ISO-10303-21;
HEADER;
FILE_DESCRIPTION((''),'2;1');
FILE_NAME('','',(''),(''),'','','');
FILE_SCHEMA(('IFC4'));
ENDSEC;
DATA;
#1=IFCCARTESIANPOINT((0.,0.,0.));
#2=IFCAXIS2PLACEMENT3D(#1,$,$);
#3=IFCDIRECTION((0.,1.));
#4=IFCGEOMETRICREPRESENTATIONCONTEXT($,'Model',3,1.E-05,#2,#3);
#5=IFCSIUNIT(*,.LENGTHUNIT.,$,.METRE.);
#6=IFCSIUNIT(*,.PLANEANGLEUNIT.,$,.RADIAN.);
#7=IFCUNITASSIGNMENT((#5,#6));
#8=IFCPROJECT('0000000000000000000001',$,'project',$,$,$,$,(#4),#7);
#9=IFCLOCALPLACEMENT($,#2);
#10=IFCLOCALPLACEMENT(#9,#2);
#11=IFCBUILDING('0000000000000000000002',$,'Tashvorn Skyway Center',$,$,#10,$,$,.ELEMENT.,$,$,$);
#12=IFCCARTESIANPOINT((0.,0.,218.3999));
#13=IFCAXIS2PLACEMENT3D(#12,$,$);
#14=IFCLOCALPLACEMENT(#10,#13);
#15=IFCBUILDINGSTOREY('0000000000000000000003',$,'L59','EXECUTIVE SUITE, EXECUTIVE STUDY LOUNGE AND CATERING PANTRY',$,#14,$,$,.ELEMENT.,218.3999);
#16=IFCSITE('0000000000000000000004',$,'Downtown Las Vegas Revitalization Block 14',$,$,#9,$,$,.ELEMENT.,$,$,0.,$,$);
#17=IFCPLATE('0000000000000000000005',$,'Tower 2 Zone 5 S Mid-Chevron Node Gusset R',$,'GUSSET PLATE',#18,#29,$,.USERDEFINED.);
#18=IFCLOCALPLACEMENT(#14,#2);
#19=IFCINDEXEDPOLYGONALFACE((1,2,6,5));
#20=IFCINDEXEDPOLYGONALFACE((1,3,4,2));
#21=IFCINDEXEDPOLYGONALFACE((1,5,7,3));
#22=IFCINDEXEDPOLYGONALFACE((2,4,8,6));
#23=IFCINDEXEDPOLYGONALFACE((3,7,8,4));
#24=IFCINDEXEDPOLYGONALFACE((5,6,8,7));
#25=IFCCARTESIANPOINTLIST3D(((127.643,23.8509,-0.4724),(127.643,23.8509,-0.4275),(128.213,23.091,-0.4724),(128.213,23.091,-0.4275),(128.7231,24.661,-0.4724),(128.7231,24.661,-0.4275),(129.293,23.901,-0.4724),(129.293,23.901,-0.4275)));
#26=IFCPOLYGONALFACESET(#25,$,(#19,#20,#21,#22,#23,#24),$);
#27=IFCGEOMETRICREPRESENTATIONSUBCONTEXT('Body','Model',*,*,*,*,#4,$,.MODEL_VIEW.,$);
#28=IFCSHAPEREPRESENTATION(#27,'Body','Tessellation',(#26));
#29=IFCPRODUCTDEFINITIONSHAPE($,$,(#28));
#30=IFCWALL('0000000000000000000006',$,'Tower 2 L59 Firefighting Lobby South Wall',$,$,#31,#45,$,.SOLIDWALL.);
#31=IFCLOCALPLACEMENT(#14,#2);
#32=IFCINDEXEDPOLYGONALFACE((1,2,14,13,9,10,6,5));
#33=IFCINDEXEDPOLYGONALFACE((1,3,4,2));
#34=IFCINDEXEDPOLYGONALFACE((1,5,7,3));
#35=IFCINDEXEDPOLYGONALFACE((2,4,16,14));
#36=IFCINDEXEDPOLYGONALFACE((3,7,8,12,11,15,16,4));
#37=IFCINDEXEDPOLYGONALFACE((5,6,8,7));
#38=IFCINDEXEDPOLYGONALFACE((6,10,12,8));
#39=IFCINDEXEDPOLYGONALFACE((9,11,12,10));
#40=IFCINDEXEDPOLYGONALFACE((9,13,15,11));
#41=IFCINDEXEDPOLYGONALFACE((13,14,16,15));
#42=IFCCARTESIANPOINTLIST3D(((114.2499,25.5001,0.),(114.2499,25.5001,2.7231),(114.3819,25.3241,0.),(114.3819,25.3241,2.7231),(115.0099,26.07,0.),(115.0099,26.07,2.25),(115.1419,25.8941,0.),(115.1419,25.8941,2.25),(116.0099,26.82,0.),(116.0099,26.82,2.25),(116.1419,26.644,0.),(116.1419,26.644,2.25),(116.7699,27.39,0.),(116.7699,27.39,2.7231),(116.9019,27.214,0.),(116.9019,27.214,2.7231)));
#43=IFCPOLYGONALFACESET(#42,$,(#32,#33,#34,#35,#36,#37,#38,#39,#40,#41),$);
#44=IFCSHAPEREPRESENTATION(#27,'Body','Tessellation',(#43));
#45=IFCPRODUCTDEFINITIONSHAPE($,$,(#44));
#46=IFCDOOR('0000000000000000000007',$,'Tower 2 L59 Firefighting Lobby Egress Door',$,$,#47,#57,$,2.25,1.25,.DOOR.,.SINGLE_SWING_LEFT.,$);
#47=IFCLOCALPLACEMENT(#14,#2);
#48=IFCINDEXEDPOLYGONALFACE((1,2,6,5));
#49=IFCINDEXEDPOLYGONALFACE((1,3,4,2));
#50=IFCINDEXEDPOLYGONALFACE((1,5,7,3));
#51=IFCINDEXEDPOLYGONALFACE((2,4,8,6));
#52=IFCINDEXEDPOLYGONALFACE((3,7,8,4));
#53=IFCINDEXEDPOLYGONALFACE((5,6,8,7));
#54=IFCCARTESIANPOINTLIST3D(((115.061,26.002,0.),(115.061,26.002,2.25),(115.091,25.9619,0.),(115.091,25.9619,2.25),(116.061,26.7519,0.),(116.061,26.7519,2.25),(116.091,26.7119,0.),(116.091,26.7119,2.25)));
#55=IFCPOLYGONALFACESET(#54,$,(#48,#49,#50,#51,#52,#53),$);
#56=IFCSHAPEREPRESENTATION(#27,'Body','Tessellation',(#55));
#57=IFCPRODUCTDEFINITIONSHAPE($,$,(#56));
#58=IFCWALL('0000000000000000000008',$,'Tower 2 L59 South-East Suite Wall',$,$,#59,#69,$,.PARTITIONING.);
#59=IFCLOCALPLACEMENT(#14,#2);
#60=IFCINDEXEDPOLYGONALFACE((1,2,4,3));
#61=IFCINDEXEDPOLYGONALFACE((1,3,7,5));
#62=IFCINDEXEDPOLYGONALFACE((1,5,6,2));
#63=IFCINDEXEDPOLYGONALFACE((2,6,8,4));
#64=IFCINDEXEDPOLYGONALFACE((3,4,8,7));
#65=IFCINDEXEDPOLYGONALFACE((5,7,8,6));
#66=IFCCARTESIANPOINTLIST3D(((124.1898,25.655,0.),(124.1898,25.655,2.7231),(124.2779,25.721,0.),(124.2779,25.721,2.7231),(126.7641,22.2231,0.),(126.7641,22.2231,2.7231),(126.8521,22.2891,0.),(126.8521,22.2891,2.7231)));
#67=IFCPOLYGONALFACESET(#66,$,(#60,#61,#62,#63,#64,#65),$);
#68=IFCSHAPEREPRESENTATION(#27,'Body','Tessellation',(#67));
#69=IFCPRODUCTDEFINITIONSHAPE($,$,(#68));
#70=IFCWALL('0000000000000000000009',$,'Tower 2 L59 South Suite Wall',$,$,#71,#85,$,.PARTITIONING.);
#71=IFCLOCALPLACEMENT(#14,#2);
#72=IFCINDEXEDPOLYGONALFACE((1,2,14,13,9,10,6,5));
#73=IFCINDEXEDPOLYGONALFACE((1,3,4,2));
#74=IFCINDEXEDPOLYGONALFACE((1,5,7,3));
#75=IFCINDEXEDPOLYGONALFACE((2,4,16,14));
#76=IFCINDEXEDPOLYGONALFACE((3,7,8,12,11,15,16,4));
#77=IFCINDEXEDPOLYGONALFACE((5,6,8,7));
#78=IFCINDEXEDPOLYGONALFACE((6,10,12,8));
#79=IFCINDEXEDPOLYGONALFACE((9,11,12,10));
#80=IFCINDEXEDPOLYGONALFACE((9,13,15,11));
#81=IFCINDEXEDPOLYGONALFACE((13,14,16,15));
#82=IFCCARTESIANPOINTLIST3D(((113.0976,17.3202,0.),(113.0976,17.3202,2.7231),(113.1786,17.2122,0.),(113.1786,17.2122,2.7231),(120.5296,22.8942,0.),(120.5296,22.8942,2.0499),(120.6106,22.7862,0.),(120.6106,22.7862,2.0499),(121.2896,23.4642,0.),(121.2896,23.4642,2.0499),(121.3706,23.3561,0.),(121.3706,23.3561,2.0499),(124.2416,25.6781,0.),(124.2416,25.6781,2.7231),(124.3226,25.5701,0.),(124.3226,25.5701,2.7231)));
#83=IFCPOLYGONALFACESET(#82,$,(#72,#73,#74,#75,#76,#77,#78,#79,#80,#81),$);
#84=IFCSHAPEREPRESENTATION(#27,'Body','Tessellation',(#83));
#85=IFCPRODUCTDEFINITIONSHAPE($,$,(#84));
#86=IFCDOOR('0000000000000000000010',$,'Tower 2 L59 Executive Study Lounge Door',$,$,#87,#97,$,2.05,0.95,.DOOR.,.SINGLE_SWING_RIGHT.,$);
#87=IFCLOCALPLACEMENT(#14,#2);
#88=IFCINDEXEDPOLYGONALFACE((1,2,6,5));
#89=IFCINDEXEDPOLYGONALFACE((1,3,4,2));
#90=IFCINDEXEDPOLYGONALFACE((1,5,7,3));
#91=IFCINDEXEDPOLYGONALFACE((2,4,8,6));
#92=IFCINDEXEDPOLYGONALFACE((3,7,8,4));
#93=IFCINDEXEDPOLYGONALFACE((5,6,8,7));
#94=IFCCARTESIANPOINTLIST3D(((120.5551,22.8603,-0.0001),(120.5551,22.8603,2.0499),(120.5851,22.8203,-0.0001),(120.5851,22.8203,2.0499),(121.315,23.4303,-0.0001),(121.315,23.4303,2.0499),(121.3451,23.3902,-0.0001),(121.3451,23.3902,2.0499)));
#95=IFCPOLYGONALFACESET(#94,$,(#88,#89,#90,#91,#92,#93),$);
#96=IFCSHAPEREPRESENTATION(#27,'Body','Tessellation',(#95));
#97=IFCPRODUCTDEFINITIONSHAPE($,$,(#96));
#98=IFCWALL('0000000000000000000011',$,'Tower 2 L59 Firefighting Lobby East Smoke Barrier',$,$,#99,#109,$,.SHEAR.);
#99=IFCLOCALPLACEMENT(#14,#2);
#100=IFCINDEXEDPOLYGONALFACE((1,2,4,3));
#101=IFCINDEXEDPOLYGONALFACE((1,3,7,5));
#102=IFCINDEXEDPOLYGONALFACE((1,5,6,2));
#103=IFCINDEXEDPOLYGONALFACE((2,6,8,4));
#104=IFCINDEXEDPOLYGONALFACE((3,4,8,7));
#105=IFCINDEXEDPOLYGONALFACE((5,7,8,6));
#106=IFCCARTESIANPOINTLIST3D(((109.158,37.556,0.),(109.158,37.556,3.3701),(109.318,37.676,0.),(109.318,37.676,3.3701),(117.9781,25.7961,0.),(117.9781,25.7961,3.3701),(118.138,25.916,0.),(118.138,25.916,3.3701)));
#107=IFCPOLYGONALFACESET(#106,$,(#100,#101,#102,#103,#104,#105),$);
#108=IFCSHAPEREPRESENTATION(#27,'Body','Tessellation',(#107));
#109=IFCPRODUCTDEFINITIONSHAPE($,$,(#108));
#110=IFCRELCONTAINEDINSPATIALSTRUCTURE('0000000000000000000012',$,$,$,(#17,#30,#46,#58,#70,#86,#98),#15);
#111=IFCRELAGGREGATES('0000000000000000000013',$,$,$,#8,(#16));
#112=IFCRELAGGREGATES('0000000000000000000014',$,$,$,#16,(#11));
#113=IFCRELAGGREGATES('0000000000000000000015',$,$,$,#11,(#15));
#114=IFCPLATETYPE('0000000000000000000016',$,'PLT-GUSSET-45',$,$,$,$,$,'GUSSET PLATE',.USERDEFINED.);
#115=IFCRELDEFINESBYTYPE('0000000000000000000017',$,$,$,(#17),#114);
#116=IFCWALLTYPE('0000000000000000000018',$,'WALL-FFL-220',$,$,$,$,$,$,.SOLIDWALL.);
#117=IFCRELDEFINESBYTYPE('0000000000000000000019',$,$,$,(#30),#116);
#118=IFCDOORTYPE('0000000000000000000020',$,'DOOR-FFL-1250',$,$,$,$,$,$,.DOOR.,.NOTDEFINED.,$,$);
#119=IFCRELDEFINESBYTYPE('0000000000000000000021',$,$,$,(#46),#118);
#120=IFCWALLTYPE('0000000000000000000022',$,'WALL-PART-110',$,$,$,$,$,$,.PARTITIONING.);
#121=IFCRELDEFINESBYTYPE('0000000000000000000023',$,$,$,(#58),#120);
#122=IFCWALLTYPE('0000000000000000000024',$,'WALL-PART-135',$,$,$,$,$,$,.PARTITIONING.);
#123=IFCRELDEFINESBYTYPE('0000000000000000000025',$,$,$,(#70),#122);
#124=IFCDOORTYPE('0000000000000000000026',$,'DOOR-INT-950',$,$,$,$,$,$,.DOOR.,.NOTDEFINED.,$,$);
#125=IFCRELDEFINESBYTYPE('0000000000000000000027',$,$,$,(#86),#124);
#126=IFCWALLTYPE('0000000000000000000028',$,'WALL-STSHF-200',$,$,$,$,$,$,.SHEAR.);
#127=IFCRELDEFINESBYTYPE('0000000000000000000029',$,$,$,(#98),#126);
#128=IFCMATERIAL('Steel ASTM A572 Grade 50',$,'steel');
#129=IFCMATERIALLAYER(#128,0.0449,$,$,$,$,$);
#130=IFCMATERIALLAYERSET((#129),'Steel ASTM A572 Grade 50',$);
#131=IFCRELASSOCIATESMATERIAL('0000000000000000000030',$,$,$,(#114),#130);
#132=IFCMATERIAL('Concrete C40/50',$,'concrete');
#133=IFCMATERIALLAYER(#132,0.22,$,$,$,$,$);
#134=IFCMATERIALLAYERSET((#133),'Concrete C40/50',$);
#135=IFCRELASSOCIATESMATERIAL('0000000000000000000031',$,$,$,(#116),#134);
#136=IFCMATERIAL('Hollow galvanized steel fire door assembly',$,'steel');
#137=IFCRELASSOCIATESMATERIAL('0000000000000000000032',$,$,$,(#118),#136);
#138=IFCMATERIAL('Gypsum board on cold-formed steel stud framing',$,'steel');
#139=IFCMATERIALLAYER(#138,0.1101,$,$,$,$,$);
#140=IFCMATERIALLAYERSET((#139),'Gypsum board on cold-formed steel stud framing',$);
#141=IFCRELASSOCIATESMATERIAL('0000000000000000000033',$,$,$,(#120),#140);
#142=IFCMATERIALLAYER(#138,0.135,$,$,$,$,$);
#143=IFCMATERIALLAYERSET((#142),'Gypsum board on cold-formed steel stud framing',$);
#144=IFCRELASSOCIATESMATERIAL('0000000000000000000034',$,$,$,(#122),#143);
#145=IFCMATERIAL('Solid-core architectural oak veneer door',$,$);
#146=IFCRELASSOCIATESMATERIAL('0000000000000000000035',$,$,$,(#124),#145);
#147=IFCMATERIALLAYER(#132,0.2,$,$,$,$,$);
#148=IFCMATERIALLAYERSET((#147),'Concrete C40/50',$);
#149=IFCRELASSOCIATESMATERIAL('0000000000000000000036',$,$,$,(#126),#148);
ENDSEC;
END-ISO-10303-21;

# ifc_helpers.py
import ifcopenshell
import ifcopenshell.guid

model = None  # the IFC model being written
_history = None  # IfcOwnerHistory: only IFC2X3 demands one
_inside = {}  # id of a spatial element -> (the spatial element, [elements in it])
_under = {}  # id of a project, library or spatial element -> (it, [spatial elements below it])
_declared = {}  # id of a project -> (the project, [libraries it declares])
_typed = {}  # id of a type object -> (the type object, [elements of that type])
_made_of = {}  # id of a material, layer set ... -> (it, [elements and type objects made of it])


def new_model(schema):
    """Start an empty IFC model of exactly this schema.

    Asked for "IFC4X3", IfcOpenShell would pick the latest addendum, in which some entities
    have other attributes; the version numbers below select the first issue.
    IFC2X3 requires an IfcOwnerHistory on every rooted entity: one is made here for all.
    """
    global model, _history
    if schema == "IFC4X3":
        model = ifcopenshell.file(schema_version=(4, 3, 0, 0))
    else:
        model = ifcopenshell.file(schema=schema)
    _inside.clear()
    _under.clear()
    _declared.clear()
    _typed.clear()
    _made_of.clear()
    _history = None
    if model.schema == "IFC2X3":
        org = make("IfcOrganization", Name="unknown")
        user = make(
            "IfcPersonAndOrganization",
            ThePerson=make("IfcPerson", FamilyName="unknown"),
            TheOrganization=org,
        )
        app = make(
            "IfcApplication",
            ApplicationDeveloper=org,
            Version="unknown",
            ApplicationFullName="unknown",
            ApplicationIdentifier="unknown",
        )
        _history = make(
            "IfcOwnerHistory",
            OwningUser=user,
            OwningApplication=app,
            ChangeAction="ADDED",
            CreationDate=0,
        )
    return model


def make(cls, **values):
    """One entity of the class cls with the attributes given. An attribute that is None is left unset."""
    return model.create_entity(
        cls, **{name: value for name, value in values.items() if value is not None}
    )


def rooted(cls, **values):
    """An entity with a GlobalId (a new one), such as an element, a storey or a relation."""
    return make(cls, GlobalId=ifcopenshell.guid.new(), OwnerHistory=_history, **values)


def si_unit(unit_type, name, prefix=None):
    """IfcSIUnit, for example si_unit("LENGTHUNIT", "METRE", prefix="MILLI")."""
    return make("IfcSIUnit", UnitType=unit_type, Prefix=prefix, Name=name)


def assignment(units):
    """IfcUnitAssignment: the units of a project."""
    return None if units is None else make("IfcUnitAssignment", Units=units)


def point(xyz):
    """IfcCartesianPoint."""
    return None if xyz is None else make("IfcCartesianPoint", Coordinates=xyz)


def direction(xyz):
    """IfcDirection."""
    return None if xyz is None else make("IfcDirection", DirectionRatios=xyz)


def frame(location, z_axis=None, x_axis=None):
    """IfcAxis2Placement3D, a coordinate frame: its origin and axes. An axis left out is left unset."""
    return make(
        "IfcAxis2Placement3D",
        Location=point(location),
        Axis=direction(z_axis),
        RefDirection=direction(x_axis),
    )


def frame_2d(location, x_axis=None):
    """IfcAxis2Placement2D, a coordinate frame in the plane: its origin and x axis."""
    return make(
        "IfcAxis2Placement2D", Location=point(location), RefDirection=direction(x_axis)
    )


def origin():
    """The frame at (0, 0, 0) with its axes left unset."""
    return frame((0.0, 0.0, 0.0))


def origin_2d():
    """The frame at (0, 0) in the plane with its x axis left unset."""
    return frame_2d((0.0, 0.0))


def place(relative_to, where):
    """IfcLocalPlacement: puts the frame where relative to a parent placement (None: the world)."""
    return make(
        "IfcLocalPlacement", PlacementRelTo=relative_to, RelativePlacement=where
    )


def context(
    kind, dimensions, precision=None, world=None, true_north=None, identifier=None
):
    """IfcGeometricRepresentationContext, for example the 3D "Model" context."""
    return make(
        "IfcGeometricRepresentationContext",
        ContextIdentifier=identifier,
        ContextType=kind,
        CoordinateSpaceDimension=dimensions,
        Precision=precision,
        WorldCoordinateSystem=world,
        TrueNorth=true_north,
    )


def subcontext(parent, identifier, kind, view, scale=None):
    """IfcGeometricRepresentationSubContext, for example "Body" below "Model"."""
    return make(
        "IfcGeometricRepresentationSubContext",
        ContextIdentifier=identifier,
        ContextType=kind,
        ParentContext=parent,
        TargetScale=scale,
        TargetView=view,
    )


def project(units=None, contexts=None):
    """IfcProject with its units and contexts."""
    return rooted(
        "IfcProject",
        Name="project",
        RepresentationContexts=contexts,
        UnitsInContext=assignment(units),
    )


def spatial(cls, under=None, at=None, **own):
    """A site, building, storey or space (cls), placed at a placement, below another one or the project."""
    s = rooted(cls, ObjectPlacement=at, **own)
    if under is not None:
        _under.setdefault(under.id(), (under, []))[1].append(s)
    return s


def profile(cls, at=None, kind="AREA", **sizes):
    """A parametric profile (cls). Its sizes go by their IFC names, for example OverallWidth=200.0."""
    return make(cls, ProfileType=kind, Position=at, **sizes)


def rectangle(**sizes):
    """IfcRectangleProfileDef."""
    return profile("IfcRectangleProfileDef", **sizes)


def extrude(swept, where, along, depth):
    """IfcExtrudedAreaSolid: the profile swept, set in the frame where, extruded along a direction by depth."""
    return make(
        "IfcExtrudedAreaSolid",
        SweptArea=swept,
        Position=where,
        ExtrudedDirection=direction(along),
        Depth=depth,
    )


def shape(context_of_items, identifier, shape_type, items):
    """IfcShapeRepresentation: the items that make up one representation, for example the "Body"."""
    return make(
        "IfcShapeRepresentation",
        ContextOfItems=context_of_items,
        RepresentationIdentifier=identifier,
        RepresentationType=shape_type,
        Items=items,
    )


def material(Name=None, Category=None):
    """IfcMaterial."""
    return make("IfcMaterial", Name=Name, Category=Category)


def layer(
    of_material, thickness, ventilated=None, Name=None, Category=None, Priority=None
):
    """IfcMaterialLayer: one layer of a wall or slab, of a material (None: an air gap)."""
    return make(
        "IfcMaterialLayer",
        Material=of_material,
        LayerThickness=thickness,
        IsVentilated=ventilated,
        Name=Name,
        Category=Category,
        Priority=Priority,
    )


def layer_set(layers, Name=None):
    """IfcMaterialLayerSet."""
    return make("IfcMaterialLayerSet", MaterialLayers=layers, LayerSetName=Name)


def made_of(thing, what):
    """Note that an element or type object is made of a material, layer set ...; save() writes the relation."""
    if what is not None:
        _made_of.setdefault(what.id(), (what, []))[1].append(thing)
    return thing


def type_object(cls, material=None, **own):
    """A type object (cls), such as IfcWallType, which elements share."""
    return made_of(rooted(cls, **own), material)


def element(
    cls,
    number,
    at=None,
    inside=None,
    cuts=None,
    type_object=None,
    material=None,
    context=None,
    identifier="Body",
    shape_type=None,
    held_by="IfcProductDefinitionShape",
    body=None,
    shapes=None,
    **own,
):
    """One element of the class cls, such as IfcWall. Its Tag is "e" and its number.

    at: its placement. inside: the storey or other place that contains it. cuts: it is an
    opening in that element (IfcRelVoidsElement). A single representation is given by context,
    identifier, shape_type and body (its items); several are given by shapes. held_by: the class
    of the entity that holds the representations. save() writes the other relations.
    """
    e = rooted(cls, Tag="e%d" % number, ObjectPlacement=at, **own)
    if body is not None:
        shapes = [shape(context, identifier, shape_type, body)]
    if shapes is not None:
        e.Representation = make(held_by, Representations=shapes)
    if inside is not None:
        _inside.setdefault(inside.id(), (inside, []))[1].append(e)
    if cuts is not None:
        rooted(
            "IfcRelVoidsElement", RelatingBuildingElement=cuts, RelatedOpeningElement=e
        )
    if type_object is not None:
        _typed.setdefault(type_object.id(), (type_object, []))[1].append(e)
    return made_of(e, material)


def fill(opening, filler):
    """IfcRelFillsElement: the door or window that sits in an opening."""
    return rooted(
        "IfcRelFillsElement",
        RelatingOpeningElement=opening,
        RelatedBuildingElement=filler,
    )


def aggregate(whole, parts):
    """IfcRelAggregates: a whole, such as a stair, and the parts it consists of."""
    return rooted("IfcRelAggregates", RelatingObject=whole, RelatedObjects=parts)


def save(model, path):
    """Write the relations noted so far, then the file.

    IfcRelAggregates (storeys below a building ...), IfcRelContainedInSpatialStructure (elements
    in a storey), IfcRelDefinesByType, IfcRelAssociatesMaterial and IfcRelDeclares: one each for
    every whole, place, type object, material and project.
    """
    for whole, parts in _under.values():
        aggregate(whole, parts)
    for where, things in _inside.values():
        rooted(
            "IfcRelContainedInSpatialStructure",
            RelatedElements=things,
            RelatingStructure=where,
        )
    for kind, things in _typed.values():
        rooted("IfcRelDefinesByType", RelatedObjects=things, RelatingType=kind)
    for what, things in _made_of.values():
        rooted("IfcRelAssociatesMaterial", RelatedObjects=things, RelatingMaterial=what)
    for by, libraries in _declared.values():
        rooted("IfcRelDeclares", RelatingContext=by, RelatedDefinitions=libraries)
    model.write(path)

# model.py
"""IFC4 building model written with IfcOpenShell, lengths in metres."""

from ifc_helpers import new_model, si_unit, direction, frame, frame_2d, origin, origin_2d, place, context, subcontext, project, spatial, rectangle, extrude, material, layer, layer_set, type_object, element, fill, save


model = new_model("IFC4")

# Units and contexts
model_context = context("Model", 3, precision=1e-05, world=origin(), true_north=direction((0.0, 1.0)))
body_context = subcontext(model_context, "Body", "Model", "MODEL_VIEW")
ifc_project = project(units=[si_unit("LENGTHUNIT", "METRE"), si_unit("PLANEANGLEUNIT", "RADIAN")], contexts=[model_context])

# Site, building, storey
site_placement = place(None, origin())
site = spatial("IfcSite", under=ifc_project, at=site_placement, Name="Downtown Las Vegas Revitalization Block 14", CompositionType="ELEMENT", RefElevation=0.0)
building_placement = place(site_placement, origin())
building = spatial("IfcBuilding", under=site, at=building_placement, Name="Tashvorn Skyway Center", CompositionType="ELEMENT")
storey_placement = place(building_placement, frame((0.0, 0.0, 218.3999)))
storey = spatial("IfcBuildingStorey", under=building, at=storey_placement, Name="L59", Description="EXECUTIVE SUITE, EXECUTIVE STUDY LOUNGE AND CATERING PANTRY", CompositionType="ELEMENT", Elevation=218.3999)

# Shared definitions
ifc_material_1 = material(Name="Steel ASTM A572 Grade 50", Category="steel")

# Plate
ifc_layer_1 = layer(ifc_material_1, 0.0449)
ifc_layer_set_1 = layer_set([ifc_layer_1], Name="Steel ASTM A572 Grade 50")
plate_type_1 = type_object("IfcPlateType", Name="PLT-GUSSET-45", ElementType="GUSSET PLATE", PredefinedType="USERDEFINED", material=ifc_layer_set_1)
for number, where, z_axis, x_axis, name in (
    (1, (128.468, 23.876, -0.4724), (0.0, 0.0, 1.0), (0.8, 0.6, 0.0), "Tower 2 Zone 5 S Mid-Chevron Node Gusset R"),
):
    element("IfcPlate", number, at=place(storey_placement, frame(where, z_axis=z_axis, x_axis=x_axis)), inside=storey, type_object=plate_type_1, Name=name, ObjectType="GUSSET PLATE", PredefinedType="USERDEFINED", context=body_context, shape_type="SweptSolid", body=[
        extrude(rectangle(XDim=1.3501, YDim=0.95, at=origin_2d()), origin(), (0.0, 0.0, 1.0), 0.0449),
    ])

# Wall, opening, door
ifc_material_2 = material(Name="Concrete C40/50", Category="concrete")
ifc_layer_2 = layer(ifc_material_2, 0.22)
ifc_layer_set_2 = layer_set([ifc_layer_2], Name="Concrete C40/50")
wall_type_1 = type_object("IfcWallType", Name="WALL-FFL-220", PredefinedType="SOLIDWALL", material=ifc_layer_set_2)
wall_1_placement = place(storey_placement, frame((114.3159, 25.4121, 0.0), z_axis=(0.0, 0.0, 1.0), x_axis=(0.800019, 0.599975, 0.0)))
wall_1 = element("IfcWall", 2, at=wall_1_placement, inside=storey, type_object=wall_type_1, Name="Tower 2 L59 Firefighting Lobby South Wall", PredefinedType="SOLIDWALL", context=body_context, shape_type="SweptSolid", body=[
    extrude(rectangle(XDim=3.1499, YDim=0.22, at=frame_2d((1.575, 0.0))), origin(), (0.0, 0.0, 1.0), 2.7231),
])
opening_1_placement = place(wall_1_placement, frame((0.95, 0.0, 0.0)))
opening_1 = element("IfcOpeningElement", 3, at=opening_1_placement, cuts=wall_1, PredefinedType="OPENING", context=body_context, shape_type="SweptSolid", body=[
    extrude(rectangle(XDim=1.25, YDim=2.25, at=frame_2d((0.625, 1.125))), frame((0.0, 0.1199, 0.0), z_axis=(0.0, -1.0, 0.0), x_axis=(1.0, 0.0, 0.0)), (0.0, 0.0, 1.0), 0.24),
])
ifc_material_3 = material(Name="Hollow galvanized steel fire door assembly", Category="steel")
door_type_1 = type_object("IfcDoorType", Name="DOOR-FFL-1250", OperationType="NOTDEFINED", PredefinedType="DOOR", material=ifc_material_3)
door_1_placement = place(opening_1_placement, origin())
door_1 = element("IfcDoor", 4, at=door_1_placement, inside=storey, type_object=door_type_1, Name="Tower 2 L59 Firefighting Lobby Egress Door", OperationType="SINGLE_SWING_LEFT", OverallHeight=2.25, OverallWidth=1.25, PredefinedType="DOOR", context=body_context, shape_type="SweptSolid", body=[
    extrude(rectangle(XDim=1.25, YDim=2.25, at=frame_2d((0.625, 1.125))), frame((0.0, 0.0249, 0.0), z_axis=(0.0, -1.0, 0.0), x_axis=(1.0, 0.0, 0.0)), (0.0, 0.0, 1.0), 0.05),
])
fill(opening_1, door_1)

# Wall
ifc_material_4 = material(Name="Gypsum board on cold-formed steel stud framing", Category="steel")
ifc_layer_3 = layer(ifc_material_4, 0.1101)
ifc_layer_set_3 = layer_set([ifc_layer_3], Name="Gypsum board on cold-formed steel stud framing")
wall_type_2 = type_object("IfcWallType", Name="WALL-PART-110", PredefinedType="PARTITIONING", material=ifc_layer_set_3)
wall_2_placement = place(storey_placement, frame((126.8081, 22.2561, 0.0), z_axis=(0.0, 0.0, 1.0), x_axis=(-0.600046, 0.799966, 0.0)))
element("IfcWall", 5, at=wall_2_placement, inside=storey, type_object=wall_type_2, Name="Tower 2 L59 South-East Suite Wall", PredefinedType="PARTITIONING", context=body_context, shape_type="SweptSolid", body=[
    extrude(rectangle(XDim=4.29, YDim=0.1101, at=frame_2d((2.145, 0.0))), origin(), (0.0, 0.0, 1.0), 2.7231),
])

# Wall, opening, door
ifc_layer_4 = layer(ifc_material_4, 0.135)
ifc_layer_set_4 = layer_set([ifc_layer_4], Name="Gypsum board on cold-formed steel stud framing")
wall_type_3 = type_object("IfcWallType", Name="WALL-PART-135", PredefinedType="PARTITIONING", material=ifc_layer_set_4)
wall_3_placement = place(storey_placement, frame((124.282, 25.624, 0.0), z_axis=(0.0, 0.0, 1.0), x_axis=(-0.800004, -0.599994, 0.0)))
wall_3 = element("IfcWall", 6, at=wall_3_placement, inside=storey, type_object=wall_type_3, Name="Tower 2 L59 South Suite Wall", PredefinedType="PARTITIONING", context=body_context, shape_type="SweptSolid", body=[
    extrude(rectangle(XDim=13.9299, YDim=0.135, at=frame_2d((6.9648, 0.0))), origin(), (0.0, 0.0, 1.0), 2.7231),
])
opening_2_placement = place(wall_3_placement, frame((3.6897, 0.0, 0.0)))
opening_2 = element("IfcOpeningElement", 7, at=opening_2_placement, cuts=wall_3, PredefinedType="OPENING", context=body_context, shape_type="SweptSolid", body=[
    extrude(rectangle(XDim=0.95, YDim=2.05, at=frame_2d((0.4751, 1.0249))), frame((0.0, 0.0774, 0.0), z_axis=(0.0, -1.0, 0.0), x_axis=(1.0, 0.0, 0.0)), (0.0, 0.0, 1.0), 0.155),
])
ifc_material_5 = material(Name="Solid-core architectural oak veneer door")
door_type_2 = type_object("IfcDoorType", Name="DOOR-INT-950", OperationType="NOTDEFINED", PredefinedType="DOOR", material=ifc_material_5)
door_2_placement = place(opening_2_placement, origin())
door_2 = element("IfcDoor", 8, at=door_2_placement, inside=storey, type_object=door_type_2, Name="Tower 2 L59 Executive Study Lounge Door", OperationType="SINGLE_SWING_RIGHT", OverallHeight=2.05, OverallWidth=0.95, PredefinedType="DOOR", context=body_context, shape_type="SweptSolid", body=[
    extrude(rectangle(XDim=0.95, YDim=2.05, at=frame_2d((0.4751, 1.0249))), frame((0.0, 0.0249, 0.0), z_axis=(0.0, -1.0, 0.0), x_axis=(1.0, 0.0, 0.0)), (0.0, 0.0, 1.0), 0.05),
])
fill(opening_2, door_2)

# Wall
ifc_layer_5 = layer(ifc_material_2, 0.2)
ifc_layer_set_5 = layer_set([ifc_layer_5], Name="Concrete C40/50")
wall_type_4 = type_object("IfcWallType", Name="WALL-STSHF-200", PredefinedType="SHEAR", material=ifc_layer_set_5)
wall_4_placement = place(storey_placement, frame((118.0581, 25.856, 0.0), z_axis=(0.0, 0.0, 1.0), x_axis=(-0.600003, 0.799998, 0.0)))
element("IfcWall", 9, at=wall_4_placement, inside=storey, type_object=wall_type_4, Name="Tower 2 L59 Firefighting Lobby East Smoke Barrier", PredefinedType="SHEAR", context=body_context, shape_type="SweptSolid", body=[
    extrude(rectangle(XDim=14.7, YDim=0.2, at=frame_2d((7.3501, 0.0))), origin(), (0.0, 0.0, 1.0), 3.3701),
])

save(model, "model.ifc")
